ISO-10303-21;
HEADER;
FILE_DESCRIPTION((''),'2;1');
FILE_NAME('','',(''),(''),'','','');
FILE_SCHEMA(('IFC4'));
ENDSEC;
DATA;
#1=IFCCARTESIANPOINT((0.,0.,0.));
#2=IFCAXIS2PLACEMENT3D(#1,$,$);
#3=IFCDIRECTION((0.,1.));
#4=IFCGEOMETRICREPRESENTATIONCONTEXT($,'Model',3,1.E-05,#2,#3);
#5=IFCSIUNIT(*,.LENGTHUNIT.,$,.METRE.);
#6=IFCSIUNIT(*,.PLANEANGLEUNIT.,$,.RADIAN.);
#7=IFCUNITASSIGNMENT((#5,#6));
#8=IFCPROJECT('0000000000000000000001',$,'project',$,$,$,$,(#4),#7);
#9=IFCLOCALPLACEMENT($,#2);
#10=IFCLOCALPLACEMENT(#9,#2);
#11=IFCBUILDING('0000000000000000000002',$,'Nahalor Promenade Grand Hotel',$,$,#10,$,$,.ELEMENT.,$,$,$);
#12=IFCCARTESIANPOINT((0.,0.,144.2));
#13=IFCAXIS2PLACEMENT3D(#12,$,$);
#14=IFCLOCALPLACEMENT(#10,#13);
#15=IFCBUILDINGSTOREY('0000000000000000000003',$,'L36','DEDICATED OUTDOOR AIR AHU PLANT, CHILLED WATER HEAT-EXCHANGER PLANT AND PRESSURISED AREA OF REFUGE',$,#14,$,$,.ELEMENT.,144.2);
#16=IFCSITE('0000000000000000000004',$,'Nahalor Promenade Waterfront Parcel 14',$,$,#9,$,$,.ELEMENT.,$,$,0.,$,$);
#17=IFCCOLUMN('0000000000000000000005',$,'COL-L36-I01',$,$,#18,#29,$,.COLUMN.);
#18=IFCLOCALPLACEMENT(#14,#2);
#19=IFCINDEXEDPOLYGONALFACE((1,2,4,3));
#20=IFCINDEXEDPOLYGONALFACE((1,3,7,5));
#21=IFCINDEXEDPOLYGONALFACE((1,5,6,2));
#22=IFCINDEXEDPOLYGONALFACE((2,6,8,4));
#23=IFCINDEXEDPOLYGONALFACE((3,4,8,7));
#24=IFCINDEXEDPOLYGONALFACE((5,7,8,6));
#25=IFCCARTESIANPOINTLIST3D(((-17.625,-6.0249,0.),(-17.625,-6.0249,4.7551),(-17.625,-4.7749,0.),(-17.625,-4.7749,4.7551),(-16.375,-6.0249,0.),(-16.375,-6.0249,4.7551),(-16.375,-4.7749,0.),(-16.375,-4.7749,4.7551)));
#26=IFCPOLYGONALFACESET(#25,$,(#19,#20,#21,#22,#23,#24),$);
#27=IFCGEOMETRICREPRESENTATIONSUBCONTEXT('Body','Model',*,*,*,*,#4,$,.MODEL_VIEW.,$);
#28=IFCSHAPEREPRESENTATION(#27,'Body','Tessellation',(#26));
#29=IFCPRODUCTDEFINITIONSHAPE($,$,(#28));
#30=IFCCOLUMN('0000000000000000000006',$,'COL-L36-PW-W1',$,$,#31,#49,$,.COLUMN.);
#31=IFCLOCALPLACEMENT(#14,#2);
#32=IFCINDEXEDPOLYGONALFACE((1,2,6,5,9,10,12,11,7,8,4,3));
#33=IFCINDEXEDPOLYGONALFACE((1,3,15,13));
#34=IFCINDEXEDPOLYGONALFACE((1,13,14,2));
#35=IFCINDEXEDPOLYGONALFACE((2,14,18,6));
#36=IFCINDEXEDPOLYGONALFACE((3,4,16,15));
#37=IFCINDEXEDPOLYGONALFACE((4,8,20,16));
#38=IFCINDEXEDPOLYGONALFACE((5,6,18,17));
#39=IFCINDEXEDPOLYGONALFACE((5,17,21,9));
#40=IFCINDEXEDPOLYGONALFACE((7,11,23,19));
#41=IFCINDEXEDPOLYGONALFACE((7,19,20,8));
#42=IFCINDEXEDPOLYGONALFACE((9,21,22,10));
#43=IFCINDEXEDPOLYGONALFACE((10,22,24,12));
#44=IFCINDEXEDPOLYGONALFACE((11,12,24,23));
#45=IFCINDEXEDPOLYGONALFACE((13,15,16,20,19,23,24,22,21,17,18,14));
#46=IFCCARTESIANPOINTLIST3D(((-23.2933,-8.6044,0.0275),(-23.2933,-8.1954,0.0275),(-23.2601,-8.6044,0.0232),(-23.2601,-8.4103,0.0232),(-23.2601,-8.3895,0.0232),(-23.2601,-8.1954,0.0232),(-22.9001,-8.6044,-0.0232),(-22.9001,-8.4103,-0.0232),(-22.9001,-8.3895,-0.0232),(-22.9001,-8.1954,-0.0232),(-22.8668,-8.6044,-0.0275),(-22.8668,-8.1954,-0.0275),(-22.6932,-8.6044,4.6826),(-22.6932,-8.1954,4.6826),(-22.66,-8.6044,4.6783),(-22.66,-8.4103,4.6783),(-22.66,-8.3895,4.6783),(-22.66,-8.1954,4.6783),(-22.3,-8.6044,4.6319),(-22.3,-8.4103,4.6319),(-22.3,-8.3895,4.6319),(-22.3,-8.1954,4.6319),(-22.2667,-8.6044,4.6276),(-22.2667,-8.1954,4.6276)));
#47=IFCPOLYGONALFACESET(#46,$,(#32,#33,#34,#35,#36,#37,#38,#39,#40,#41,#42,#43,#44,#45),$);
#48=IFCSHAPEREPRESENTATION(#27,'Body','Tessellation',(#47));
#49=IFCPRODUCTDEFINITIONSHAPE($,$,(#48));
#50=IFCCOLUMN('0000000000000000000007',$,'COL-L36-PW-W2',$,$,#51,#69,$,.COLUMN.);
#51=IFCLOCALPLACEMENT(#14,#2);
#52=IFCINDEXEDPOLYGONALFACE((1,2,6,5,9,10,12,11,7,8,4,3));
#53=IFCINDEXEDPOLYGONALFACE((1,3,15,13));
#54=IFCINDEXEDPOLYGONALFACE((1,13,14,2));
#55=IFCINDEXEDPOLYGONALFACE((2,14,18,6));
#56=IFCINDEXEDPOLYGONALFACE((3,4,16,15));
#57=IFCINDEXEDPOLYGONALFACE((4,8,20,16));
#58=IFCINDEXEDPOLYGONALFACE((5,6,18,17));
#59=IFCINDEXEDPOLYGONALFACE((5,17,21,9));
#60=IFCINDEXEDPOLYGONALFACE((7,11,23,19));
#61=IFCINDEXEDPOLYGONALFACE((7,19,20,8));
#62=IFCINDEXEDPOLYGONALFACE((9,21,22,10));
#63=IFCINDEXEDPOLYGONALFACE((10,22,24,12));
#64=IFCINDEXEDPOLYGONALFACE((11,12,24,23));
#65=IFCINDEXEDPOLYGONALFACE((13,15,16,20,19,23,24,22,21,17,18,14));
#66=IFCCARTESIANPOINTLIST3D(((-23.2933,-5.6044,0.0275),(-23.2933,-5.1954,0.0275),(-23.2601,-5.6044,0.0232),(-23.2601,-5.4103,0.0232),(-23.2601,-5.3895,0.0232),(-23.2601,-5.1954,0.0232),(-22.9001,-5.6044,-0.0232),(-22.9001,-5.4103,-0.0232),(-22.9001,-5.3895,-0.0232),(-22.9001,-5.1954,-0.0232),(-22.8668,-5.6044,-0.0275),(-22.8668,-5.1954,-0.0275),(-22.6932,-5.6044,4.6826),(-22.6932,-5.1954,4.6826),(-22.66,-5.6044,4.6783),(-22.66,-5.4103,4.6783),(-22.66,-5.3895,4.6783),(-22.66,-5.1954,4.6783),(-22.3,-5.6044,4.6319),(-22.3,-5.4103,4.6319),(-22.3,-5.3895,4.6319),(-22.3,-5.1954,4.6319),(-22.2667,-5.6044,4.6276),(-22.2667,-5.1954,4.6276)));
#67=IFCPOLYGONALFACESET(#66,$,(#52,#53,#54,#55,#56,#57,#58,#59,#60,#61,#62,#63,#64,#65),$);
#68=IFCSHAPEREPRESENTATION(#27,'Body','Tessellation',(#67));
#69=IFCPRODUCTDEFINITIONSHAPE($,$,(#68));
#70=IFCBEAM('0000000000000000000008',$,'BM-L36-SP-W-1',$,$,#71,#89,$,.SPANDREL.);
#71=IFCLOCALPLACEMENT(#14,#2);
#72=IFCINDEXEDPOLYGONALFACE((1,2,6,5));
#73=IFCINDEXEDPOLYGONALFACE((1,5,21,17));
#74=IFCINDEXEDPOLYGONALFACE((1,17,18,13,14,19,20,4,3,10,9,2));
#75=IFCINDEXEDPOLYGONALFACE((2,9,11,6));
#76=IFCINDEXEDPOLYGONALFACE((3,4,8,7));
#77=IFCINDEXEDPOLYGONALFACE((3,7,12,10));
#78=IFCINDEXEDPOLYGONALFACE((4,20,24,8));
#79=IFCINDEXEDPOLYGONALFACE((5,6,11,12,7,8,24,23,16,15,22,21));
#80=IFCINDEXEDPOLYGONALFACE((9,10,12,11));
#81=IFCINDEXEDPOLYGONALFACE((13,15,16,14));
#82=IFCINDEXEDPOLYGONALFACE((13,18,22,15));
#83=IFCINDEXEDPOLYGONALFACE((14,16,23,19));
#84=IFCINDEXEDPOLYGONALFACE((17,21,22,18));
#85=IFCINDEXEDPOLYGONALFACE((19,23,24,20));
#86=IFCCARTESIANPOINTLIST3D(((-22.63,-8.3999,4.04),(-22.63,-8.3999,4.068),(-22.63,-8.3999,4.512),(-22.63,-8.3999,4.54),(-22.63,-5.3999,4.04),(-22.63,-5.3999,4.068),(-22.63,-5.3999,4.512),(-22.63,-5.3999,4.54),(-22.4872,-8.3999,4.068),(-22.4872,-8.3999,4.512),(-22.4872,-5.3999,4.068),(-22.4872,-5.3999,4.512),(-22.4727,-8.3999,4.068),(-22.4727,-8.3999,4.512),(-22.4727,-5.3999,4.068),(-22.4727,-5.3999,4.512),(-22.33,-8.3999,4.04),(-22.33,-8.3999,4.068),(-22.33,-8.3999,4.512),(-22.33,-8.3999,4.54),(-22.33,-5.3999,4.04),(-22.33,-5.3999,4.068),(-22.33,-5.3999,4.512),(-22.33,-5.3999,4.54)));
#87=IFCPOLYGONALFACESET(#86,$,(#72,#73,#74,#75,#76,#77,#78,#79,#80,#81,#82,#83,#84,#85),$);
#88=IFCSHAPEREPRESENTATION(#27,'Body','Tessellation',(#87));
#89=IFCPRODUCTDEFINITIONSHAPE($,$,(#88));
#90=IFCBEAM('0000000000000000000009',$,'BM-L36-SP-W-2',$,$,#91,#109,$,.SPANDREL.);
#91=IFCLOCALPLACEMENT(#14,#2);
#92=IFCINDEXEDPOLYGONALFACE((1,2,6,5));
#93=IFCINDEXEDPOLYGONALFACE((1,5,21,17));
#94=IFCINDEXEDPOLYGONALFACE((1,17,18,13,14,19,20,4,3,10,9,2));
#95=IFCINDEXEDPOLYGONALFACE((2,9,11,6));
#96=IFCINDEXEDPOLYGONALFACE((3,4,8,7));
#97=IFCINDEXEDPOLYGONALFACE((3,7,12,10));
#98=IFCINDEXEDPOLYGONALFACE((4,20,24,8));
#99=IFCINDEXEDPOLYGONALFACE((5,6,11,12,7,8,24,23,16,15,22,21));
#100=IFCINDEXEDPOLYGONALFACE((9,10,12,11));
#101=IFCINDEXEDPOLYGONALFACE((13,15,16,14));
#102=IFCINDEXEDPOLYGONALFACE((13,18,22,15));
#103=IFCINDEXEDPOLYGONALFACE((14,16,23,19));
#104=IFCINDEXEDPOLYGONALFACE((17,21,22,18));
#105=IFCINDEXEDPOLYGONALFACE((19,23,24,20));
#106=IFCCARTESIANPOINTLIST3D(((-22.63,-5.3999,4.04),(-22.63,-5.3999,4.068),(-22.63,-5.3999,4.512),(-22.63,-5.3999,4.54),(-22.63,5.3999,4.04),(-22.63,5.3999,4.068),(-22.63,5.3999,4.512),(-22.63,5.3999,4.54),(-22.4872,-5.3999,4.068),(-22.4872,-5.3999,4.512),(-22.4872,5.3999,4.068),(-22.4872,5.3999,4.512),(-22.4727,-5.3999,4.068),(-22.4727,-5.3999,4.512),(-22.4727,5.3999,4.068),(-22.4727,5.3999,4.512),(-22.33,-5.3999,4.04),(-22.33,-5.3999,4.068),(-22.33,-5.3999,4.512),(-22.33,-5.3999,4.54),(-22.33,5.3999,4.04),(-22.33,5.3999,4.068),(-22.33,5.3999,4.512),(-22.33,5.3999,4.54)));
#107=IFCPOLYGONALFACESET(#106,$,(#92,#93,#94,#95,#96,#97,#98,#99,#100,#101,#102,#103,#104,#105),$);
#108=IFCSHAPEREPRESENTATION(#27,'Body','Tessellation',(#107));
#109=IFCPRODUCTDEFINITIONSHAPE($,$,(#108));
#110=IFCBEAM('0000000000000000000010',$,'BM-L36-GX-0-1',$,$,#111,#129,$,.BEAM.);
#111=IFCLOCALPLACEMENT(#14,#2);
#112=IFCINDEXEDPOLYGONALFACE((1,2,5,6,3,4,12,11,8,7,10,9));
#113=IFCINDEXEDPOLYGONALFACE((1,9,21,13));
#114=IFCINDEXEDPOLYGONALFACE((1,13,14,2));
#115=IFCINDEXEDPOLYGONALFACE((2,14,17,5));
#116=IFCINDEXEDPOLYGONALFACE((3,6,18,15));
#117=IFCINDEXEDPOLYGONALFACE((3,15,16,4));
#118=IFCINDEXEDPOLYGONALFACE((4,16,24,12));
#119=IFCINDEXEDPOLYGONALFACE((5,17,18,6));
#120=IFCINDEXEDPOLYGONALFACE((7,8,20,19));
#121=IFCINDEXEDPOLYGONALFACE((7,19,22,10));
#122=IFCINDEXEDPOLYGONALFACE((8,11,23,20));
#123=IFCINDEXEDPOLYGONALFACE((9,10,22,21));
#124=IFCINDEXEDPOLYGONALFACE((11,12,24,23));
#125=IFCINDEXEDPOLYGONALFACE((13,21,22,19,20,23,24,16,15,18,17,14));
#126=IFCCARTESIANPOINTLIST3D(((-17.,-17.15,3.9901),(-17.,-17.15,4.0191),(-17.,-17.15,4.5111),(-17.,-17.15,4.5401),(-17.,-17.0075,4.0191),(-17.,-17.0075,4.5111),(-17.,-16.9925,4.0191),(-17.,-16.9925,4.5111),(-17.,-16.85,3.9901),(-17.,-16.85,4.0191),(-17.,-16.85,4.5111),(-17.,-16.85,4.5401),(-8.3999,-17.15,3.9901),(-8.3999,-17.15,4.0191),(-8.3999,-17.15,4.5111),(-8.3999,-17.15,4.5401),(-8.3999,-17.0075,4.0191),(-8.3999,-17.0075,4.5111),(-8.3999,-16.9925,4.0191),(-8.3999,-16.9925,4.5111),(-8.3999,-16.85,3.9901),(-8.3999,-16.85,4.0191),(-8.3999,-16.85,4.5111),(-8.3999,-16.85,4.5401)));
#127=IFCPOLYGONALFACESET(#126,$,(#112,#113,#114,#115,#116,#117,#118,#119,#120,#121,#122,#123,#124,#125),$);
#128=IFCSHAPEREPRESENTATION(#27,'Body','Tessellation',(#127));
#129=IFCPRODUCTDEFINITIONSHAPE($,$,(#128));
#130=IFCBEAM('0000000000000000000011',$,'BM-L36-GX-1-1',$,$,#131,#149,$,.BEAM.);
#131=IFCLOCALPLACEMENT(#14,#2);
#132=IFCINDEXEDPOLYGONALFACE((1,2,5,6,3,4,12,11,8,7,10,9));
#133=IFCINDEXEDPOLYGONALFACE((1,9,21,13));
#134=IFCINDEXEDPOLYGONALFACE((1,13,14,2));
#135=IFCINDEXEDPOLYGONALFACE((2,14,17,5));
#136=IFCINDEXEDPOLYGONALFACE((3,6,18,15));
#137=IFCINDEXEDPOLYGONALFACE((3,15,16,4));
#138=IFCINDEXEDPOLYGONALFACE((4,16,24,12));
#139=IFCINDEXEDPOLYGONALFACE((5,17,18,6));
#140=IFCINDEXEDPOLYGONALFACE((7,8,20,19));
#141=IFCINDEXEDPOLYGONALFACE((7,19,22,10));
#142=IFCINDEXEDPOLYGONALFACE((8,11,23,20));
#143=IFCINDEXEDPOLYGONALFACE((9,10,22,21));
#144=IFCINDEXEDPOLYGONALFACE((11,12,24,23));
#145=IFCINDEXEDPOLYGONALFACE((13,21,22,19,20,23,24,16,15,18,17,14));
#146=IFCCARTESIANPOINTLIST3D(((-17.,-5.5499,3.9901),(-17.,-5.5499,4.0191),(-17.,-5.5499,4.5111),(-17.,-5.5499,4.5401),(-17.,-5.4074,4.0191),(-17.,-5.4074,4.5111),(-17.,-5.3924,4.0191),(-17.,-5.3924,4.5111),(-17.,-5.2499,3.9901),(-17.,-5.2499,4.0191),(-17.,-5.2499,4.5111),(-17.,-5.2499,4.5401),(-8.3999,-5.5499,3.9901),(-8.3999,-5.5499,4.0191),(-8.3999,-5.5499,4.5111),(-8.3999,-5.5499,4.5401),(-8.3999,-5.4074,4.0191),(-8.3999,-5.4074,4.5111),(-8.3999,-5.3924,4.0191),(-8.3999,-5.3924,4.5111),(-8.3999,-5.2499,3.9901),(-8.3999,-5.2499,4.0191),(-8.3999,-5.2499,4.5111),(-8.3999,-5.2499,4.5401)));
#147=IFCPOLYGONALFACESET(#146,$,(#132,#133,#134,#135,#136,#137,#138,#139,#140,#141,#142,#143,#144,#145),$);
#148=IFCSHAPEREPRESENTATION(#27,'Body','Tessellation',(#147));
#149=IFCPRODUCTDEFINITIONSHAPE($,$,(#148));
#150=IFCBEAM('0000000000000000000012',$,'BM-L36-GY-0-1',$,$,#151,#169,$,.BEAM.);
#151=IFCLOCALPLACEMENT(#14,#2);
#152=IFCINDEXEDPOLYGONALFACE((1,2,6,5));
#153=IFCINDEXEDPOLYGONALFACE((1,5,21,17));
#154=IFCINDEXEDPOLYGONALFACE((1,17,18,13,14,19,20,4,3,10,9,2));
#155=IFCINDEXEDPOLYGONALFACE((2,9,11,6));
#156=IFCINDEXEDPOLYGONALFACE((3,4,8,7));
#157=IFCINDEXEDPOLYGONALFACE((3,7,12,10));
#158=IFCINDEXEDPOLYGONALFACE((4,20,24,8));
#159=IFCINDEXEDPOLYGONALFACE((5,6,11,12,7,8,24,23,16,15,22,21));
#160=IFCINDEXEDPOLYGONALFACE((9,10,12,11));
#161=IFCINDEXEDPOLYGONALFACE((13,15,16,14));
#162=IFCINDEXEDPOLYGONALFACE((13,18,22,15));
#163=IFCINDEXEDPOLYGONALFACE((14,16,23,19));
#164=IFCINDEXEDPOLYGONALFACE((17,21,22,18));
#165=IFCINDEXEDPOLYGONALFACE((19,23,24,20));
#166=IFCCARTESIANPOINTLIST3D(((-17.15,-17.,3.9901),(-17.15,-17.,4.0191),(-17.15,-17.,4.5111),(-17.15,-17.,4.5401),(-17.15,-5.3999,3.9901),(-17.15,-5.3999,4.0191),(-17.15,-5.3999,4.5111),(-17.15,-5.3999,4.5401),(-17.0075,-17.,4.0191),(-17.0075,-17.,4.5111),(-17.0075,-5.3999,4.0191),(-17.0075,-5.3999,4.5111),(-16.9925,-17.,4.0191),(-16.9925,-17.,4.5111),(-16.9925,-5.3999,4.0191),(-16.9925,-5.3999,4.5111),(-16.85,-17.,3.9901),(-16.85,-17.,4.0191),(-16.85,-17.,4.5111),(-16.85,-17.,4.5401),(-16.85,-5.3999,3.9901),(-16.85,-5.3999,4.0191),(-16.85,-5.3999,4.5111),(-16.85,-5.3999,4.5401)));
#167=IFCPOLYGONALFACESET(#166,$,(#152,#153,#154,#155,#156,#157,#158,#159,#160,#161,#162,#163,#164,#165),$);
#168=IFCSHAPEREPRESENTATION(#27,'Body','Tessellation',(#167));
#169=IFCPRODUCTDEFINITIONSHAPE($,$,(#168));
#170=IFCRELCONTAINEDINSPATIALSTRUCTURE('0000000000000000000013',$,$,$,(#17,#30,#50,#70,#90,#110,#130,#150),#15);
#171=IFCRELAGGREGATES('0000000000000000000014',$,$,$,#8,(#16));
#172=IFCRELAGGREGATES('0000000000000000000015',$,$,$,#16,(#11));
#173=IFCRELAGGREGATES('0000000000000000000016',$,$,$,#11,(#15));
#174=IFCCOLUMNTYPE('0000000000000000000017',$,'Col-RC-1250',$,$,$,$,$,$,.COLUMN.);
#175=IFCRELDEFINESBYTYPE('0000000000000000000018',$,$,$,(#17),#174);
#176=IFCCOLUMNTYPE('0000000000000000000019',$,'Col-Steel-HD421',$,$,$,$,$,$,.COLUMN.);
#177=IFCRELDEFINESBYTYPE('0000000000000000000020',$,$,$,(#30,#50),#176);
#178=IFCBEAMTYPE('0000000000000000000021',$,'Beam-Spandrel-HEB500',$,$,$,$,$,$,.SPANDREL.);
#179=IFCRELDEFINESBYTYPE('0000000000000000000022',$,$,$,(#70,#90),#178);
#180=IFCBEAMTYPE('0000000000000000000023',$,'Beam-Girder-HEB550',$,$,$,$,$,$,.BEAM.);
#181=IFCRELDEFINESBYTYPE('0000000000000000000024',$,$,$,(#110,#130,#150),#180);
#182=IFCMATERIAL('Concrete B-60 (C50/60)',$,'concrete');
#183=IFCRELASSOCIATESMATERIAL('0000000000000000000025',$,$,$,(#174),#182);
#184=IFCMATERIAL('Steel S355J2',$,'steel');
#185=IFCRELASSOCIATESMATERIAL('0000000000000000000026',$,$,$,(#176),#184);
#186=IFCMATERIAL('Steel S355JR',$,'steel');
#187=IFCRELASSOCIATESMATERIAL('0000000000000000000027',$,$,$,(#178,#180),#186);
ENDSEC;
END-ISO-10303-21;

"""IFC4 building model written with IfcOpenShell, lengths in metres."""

from ifc_helpers import new_model, si_unit, direction, frame, origin, origin_2d, place, context, subcontext, project, spatial, rectangle, i_section, extrude, source, transform, mapped, material, material_profile, profile_set, type_object, element, save


model = new_model("IFC4")

# Units and contexts
model_context = context("Model", 3, precision=1e-05, world=origin(), true_north=direction((0.0, 1.0)))
body_context = subcontext(model_context, "Body", "Model", "MODEL_VIEW")
ifc_project = project(units=[si_unit("LENGTHUNIT", "METRE"), si_unit("PLANEANGLEUNIT", "RADIAN")], contexts=[model_context])

# Site, building, storey
site_placement = place(None, origin())
site = spatial("IfcSite", under=ifc_project, at=site_placement, Name="Nahalor Promenade Waterfront Parcel 14", CompositionType="ELEMENT", RefElevation=0.0)
building_placement = place(site_placement, origin())
building = spatial("IfcBuilding", under=site, at=building_placement, Name="Nahalor Promenade Grand Hotel", CompositionType="ELEMENT")
storey_placement = place(building_placement, frame((0.0, 0.0, 144.2)))
storey = spatial("IfcBuildingStorey", under=building, at=storey_placement, Name="L36", Description="DEDICATED OUTDOOR AIR AHU PLANT, CHILLED WATER HEAT-EXCHANGER PLANT AND PRESSURISED AREA OF REFUGE", CompositionType="ELEMENT", Elevation=144.2)

# Columns
ifc_material_1 = material(Name="Concrete B-60 (C50/60)", Category="concrete")
ifc_material_profile_1 = material_profile(ifc_material_1, rectangle(XDim=1.25, YDim=1.25, at=origin_2d()), Name="RC 1250x1250")
ifc_profile_set_1 = profile_set([ifc_material_profile_1], Name="Concrete B-60 (C50/60)")
column_type_1 = type_object("IfcColumnType", Name="Col-RC-1250", PredefinedType="COLUMN", material=ifc_profile_set_1)
shared_shape_1 = source(origin(), body_context, "Body", "SweptSolid", [
    extrude(rectangle(XDim=1.25, YDim=1.25, at=origin_2d()), origin(), (0.0, 0.0, 1.0), 4.7551),
])
column_placement = place(storey_placement, frame((-17.0, -5.3999, 0.0), z_axis=(0.0, 0.0, 1.0), x_axis=(1.0, 0.0, 0.0)))
element("IfcColumn", 1, at=column_placement, inside=storey, type_object=column_type_1, Name="COL-L36-I01", PredefinedType="COLUMN", context=body_context, shape_type="MappedRepresentation", body=[
    mapped(shared_shape_1, transform((0.0, 0.0, 0.0), scale=1.0)),
])
ifc_material_2 = material(Name="Steel S355J2", Category="steel")
ifc_material_profile_2 = material_profile(ifc_material_2, i_section(OverallWidth=0.409, OverallDepth=0.43, WebThickness=0.0208, FlangeThickness=0.0335, at=origin_2d()), Name="HD 400x421")
ifc_profile_set_2 = profile_set([ifc_material_profile_2], Name="Steel S355J2")
column_type_2 = type_object("IfcColumnType", Name="Col-Steel-HD421", PredefinedType="COLUMN", material=ifc_profile_set_2)
shared_shape_2 = source(origin(), body_context, "Body", "SweptSolid", [
    extrude(i_section(OverallWidth=0.409, OverallDepth=0.43, WebThickness=0.0208, FlangeThickness=0.0335, at=origin_2d()), origin(), (0.0, 0.0, 1.0), 4.6936),
])
for number, where, z_axis, x_axis, name in (
    (2, (-23.0801, -8.3999, 0.0), (0.127856, 0.0, 0.991793), (0.0, 1.0, 0.0), "COL-L36-PW-W1"),
    (3, (-23.0801, -5.3999, 0.0), (0.127856, 0.0, 0.991793), (0.0, 1.0, 0.0), "COL-L36-PW-W2"),
):
    element("IfcColumn", number, at=place(storey_placement, frame(where, z_axis=z_axis, x_axis=x_axis)), inside=storey, type_object=column_type_2, Name=name, PredefinedType="COLUMN", context=body_context, shape_type="MappedRepresentation", body=[
        mapped(shared_shape_2, transform((0.0, 0.0, 0.0), scale=1.0)),
    ])

# Beams
ifc_material_3 = material(Name="Steel S355JR", Category="steel")
ifc_material_profile_3 = material_profile(ifc_material_3, i_section(OverallWidth=0.3, OverallDepth=0.5, WebThickness=0.0145, FlangeThickness=0.028, at=origin_2d()), Name="HEB 500")
ifc_profile_set_3 = profile_set([ifc_material_profile_3], Name="Steel S355JR")
beam_type_1 = type_object("IfcBeamType", Name="Beam-Spandrel-HEB500", PredefinedType="SPANDREL", material=ifc_profile_set_3)
shared_shape_3 = source(origin(), body_context, "Body", "SweptSolid", [
    extrude(i_section(OverallWidth=0.3, OverallDepth=0.5, WebThickness=0.0145, FlangeThickness=0.028, at=origin_2d()), origin(), (0.0, 0.0, 1.0), 3.0),
])
beam_1_placement = place(storey_placement, frame((-22.48, -8.3999, 4.29), z_axis=(0.0, 1.0, 0.0), x_axis=(-1.0, 0.0, 0.0)))
element("IfcBeam", 4, at=beam_1_placement, inside=storey, type_object=beam_type_1, Name="BM-L36-SP-W-1", PredefinedType="SPANDREL", context=body_context, shape_type="MappedRepresentation", body=[
    mapped(shared_shape_3, transform((0.0, 0.0, 0.0), scale=1.0)),
])
shared_shape_4 = source(origin(), body_context, "Body", "SweptSolid", [
    extrude(i_section(OverallWidth=0.3, OverallDepth=0.5, WebThickness=0.0145, FlangeThickness=0.028, at=origin_2d()), origin(), (0.0, 0.0, 1.0), 10.7998),
])
beam_2_placement = place(storey_placement, frame((-22.48, -5.3999, 4.29), z_axis=(0.0, 1.0, 0.0), x_axis=(-1.0, 0.0, 0.0)))
element("IfcBeam", 5, at=beam_2_placement, inside=storey, type_object=beam_type_1, Name="BM-L36-SP-W-2", PredefinedType="SPANDREL", context=body_context, shape_type="MappedRepresentation", body=[
    mapped(shared_shape_4, transform((0.0, 0.0, 0.0), scale=1.0)),
])
ifc_material_profile_4 = material_profile(ifc_material_3, i_section(OverallWidth=0.3, OverallDepth=0.55, WebThickness=0.015, FlangeThickness=0.029, at=origin_2d()), Name="HEB 550")
ifc_profile_set_4 = profile_set([ifc_material_profile_4], Name="Steel S355JR")
beam_type_2 = type_object("IfcBeamType", Name="Beam-Girder-HEB550", PredefinedType="BEAM", material=ifc_profile_set_4)
shared_shape_5 = source(origin(), body_context, "Body", "SweptSolid", [
    extrude(i_section(OverallWidth=0.3, OverallDepth=0.55, WebThickness=0.015, FlangeThickness=0.029, at=origin_2d()), origin(), (0.0, 0.0, 1.0), 8.6001),
])
for number, where, z_axis, x_axis, name in (
    (6, (-17.0, -17.0, 4.2651), (1.0, 0.0, 0.0), (0.0, 1.0, 0.0), "BM-L36-GX-0-1"),
    (7, (-17.0, -5.3999, 4.2651), (1.0, 0.0, 0.0), (0.0, 1.0, 0.0), "BM-L36-GX-1-1"),
):
    element("IfcBeam", number, at=place(storey_placement, frame(where, z_axis=z_axis, x_axis=x_axis)), inside=storey, type_object=beam_type_2, Name=name, PredefinedType="BEAM", context=body_context, shape_type="MappedRepresentation", body=[
        mapped(shared_shape_5, transform((0.0, 0.0, 0.0), scale=1.0)),
    ])
shared_shape_6 = source(origin(), body_context, "Body", "SweptSolid", [
    extrude(i_section(OverallWidth=0.3, OverallDepth=0.55, WebThickness=0.015, FlangeThickness=0.029, at=origin_2d()), origin(), (0.0, 0.0, 1.0), 11.6001),
])
beam_3_placement = place(storey_placement, frame((-17.0, -17.0, 4.2651), z_axis=(0.0, 1.0, 0.0), x_axis=(-1.0, 0.0, 0.0)))
element("IfcBeam", 8, at=beam_3_placement, inside=storey, type_object=beam_type_2, Name="BM-L36-GY-0-1", PredefinedType="BEAM", context=body_context, shape_type="MappedRepresentation", body=[
    mapped(shared_shape_6, transform((0.0, 0.0, 0.0), scale=1.0)),
])

save(model, "model.ifc")
